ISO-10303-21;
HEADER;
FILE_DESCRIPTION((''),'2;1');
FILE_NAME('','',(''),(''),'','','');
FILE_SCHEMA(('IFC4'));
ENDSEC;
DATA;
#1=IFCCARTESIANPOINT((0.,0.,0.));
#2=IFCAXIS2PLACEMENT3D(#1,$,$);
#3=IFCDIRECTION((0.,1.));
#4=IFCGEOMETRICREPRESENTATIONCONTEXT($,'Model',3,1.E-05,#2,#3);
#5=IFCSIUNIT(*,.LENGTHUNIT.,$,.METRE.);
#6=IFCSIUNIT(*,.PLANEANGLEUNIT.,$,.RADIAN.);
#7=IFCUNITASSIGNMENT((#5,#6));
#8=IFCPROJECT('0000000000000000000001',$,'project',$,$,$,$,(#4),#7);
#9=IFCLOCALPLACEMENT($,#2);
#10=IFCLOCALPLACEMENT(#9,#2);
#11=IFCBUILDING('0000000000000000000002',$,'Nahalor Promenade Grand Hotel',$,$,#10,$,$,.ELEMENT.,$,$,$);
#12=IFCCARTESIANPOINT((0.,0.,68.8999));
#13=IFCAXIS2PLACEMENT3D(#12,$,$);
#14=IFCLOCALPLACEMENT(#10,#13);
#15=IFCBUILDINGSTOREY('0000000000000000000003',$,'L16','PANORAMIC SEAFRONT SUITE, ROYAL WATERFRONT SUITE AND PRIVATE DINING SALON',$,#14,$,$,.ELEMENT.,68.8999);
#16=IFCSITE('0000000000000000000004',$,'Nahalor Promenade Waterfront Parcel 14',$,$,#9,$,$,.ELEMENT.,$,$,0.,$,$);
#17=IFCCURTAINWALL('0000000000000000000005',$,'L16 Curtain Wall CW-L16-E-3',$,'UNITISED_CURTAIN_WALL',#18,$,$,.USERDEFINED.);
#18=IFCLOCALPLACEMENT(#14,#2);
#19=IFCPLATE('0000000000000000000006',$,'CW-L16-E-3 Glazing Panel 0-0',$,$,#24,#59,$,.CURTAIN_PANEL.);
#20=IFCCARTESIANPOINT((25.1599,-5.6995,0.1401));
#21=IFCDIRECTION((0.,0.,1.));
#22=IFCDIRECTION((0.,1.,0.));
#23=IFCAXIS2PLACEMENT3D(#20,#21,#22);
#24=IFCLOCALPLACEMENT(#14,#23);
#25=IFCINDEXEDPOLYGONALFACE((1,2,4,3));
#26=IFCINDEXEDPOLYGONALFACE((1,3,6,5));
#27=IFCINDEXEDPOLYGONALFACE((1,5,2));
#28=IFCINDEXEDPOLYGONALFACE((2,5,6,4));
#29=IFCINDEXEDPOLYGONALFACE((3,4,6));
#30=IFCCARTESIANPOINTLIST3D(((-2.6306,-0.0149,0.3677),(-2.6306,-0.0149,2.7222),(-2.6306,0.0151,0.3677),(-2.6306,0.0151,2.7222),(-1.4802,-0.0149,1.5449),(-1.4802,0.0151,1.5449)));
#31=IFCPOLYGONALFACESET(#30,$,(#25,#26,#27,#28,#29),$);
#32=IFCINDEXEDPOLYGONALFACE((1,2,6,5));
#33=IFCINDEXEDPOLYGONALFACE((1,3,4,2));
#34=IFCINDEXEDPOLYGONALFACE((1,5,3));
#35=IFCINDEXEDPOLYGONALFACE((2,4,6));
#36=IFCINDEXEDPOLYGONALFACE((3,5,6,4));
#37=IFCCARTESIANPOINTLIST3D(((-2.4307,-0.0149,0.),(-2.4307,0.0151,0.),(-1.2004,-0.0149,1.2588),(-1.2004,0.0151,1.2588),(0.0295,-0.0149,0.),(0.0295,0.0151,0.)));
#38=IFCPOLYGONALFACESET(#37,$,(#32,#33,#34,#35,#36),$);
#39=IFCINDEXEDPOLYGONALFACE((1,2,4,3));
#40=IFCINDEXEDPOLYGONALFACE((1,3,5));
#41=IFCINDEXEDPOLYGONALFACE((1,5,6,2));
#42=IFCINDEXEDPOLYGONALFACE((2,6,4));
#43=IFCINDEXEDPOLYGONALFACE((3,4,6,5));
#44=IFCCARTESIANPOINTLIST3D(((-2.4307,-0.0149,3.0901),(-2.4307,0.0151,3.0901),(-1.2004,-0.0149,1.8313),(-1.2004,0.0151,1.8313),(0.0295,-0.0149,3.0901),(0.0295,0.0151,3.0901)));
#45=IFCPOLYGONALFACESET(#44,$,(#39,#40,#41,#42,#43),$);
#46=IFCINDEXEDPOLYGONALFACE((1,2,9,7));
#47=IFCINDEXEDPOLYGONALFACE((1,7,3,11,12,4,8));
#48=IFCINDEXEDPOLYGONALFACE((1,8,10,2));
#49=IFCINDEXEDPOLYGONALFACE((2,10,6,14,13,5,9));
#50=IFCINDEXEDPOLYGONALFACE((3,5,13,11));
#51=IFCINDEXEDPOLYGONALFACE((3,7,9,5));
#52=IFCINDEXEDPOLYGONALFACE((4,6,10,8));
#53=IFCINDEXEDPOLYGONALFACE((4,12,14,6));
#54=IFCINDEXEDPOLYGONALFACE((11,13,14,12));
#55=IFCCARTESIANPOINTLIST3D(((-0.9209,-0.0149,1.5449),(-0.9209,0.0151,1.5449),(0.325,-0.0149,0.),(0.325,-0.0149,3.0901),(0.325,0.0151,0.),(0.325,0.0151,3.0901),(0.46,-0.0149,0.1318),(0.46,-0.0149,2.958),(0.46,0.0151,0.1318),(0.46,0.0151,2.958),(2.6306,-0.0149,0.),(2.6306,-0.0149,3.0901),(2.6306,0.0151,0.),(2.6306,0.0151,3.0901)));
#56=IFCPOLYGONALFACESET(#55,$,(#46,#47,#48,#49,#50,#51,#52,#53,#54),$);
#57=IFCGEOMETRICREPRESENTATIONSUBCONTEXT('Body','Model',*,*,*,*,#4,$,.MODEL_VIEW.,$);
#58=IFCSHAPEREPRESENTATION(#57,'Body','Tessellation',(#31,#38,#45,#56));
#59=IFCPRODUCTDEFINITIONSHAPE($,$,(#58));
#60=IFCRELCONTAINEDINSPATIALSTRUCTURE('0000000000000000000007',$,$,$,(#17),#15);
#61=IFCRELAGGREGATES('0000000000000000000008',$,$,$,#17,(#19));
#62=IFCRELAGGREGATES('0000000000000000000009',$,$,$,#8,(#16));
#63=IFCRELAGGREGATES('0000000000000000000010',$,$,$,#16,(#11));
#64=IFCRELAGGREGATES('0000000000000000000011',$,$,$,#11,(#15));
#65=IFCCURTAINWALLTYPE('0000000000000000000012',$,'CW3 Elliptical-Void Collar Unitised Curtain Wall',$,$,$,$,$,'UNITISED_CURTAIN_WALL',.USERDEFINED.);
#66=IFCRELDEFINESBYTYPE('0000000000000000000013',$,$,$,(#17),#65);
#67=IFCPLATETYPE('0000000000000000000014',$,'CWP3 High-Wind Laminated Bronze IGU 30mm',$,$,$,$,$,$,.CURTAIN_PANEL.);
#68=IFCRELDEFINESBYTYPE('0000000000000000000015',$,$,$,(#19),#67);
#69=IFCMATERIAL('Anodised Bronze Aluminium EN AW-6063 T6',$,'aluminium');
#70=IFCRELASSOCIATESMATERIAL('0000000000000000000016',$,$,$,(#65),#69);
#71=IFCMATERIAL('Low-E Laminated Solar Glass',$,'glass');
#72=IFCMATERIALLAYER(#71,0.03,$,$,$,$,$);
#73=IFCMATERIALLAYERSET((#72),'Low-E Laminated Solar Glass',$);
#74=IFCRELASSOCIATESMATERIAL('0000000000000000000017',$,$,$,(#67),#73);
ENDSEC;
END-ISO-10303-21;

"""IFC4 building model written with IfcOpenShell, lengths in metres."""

from ifc_helpers import new_model, si_unit, direction, frame, origin, place, context, subcontext, project, spatial, polyline, outline, extrude, material, layer, layer_set, type_object, element, aggregate, save


model = new_model("IFC4")

# Units and contexts
model_context = context("Model", 3, precision=1e-05, world=origin(), true_north=direction((0.0, 1.0)))
body_context = subcontext(model_context, "Body", "Model", "MODEL_VIEW")
ifc_project = project(units=[si_unit("LENGTHUNIT", "METRE"), si_unit("PLANEANGLEUNIT", "RADIAN")], contexts=[model_context])

# Site, building, storey
site_placement = place(None, origin())
site = spatial("IfcSite", under=ifc_project, at=site_placement, Name="Nahalor Promenade Waterfront Parcel 14", CompositionType="ELEMENT", RefElevation=0.0)
building_placement = place(site_placement, origin())
building = spatial("IfcBuilding", under=site, at=building_placement, Name="Nahalor Promenade Grand Hotel", CompositionType="ELEMENT")
storey_placement = place(building_placement, frame((0.0, 0.0, 68.8999)))
storey = spatial("IfcBuildingStorey", under=building, at=storey_placement, Name="L16", Description="PANORAMIC SEAFRONT SUITE, ROYAL WATERFRONT SUITE AND PRIVATE DINING SALON", CompositionType="ELEMENT", Elevation=68.8999)

# Curtain wall, plate
ifc_material_1 = material(Name="Anodised Bronze Aluminium EN AW-6063 T6", Category="aluminium")
curtain_wall_type = type_object("IfcCurtainWallType", Name="CW3 Elliptical-Void Collar Unitised Curtain Wall", ElementType="UNITISED_CURTAIN_WALL", PredefinedType="USERDEFINED", material=ifc_material_1)
curtain_wall_placement = place(storey_placement, origin())
curtain_wall = element("IfcCurtainWall", 1, at=curtain_wall_placement, inside=storey, type_object=curtain_wall_type, Name="L16 Curtain Wall CW-L16-E-3", ObjectType="UNITISED_CURTAIN_WALL", PredefinedType="USERDEFINED")
ifc_material_2 = material(Name="Low-E Laminated Solar Glass", Category="glass")
ifc_layer_1 = layer(ifc_material_2, 0.03)
ifc_layer_set_1 = layer_set([ifc_layer_1], Name="Low-E Laminated Solar Glass")
plate_type_1 = type_object("IfcPlateType", Name="CWP3 High-Wind Laminated Bronze IGU 30mm", PredefinedType="CURTAIN_PANEL", material=ifc_layer_set_1)
plate_1_placement = place(storey_placement, frame((25.1599, -5.6995, 0.1401), z_axis=(0.0, 0.0, 1.0), x_axis=(0.0, 1.0, 0.0)))
plate_1 = element("IfcPlate", 2, at=plate_1_placement, type_object=plate_type_1, Name="CW-L16-E-3 Glazing Panel 0-0", PredefinedType="CURTAIN_PANEL", context=body_context, shape_type="SweptSolid", body=[
    extrude(outline(polyline([(-1.4802, 1.5449), (-2.6306, 2.7222), (-2.6306, 0.3677), (-1.4802, 1.5449)])), frame((0.0, 0.0151, 0.0), z_axis=(0.0, -1.0, 0.0), x_axis=(1.0, 0.0, 0.0)), (0.0, 0.0, 1.0), 0.03),
    extrude(outline(polyline([(-1.2004, 1.2588), (-2.4307, 0.0), (0.0295, 0.0), (-1.2004, 1.2588)])), frame((0.0, 0.0151, 0.0), z_axis=(0.0, -1.0, 0.0), x_axis=(1.0, 0.0, 0.0)), (0.0, 0.0, 1.0), 0.03),
    extrude(outline(polyline([(-1.2004, 1.8313), (0.0295, 3.0901), (-2.4307, 3.0901), (-1.2004, 1.8313)])), frame((0.0, 0.0151, 0.0), z_axis=(0.0, -1.0, 0.0), x_axis=(1.0, 0.0, 0.0)), (0.0, 0.0, 1.0), 0.03),
    extrude(outline(polyline([(2.6306, 0.0), (2.6306, 3.0901), (0.325, 3.0901), (0.46, 2.958), (-0.9209, 1.5449), (0.46, 0.1318), (0.325, 0.0), (2.6306, 0.0)])), frame((0.0, 0.0151, 0.0), z_axis=(0.0, -1.0, 0.0), x_axis=(1.0, 0.0, 0.0)), (0.0, 0.0, 1.0), 0.03),
])
aggregate(curtain_wall, [plate_1])

save(model, "model.ifc")
